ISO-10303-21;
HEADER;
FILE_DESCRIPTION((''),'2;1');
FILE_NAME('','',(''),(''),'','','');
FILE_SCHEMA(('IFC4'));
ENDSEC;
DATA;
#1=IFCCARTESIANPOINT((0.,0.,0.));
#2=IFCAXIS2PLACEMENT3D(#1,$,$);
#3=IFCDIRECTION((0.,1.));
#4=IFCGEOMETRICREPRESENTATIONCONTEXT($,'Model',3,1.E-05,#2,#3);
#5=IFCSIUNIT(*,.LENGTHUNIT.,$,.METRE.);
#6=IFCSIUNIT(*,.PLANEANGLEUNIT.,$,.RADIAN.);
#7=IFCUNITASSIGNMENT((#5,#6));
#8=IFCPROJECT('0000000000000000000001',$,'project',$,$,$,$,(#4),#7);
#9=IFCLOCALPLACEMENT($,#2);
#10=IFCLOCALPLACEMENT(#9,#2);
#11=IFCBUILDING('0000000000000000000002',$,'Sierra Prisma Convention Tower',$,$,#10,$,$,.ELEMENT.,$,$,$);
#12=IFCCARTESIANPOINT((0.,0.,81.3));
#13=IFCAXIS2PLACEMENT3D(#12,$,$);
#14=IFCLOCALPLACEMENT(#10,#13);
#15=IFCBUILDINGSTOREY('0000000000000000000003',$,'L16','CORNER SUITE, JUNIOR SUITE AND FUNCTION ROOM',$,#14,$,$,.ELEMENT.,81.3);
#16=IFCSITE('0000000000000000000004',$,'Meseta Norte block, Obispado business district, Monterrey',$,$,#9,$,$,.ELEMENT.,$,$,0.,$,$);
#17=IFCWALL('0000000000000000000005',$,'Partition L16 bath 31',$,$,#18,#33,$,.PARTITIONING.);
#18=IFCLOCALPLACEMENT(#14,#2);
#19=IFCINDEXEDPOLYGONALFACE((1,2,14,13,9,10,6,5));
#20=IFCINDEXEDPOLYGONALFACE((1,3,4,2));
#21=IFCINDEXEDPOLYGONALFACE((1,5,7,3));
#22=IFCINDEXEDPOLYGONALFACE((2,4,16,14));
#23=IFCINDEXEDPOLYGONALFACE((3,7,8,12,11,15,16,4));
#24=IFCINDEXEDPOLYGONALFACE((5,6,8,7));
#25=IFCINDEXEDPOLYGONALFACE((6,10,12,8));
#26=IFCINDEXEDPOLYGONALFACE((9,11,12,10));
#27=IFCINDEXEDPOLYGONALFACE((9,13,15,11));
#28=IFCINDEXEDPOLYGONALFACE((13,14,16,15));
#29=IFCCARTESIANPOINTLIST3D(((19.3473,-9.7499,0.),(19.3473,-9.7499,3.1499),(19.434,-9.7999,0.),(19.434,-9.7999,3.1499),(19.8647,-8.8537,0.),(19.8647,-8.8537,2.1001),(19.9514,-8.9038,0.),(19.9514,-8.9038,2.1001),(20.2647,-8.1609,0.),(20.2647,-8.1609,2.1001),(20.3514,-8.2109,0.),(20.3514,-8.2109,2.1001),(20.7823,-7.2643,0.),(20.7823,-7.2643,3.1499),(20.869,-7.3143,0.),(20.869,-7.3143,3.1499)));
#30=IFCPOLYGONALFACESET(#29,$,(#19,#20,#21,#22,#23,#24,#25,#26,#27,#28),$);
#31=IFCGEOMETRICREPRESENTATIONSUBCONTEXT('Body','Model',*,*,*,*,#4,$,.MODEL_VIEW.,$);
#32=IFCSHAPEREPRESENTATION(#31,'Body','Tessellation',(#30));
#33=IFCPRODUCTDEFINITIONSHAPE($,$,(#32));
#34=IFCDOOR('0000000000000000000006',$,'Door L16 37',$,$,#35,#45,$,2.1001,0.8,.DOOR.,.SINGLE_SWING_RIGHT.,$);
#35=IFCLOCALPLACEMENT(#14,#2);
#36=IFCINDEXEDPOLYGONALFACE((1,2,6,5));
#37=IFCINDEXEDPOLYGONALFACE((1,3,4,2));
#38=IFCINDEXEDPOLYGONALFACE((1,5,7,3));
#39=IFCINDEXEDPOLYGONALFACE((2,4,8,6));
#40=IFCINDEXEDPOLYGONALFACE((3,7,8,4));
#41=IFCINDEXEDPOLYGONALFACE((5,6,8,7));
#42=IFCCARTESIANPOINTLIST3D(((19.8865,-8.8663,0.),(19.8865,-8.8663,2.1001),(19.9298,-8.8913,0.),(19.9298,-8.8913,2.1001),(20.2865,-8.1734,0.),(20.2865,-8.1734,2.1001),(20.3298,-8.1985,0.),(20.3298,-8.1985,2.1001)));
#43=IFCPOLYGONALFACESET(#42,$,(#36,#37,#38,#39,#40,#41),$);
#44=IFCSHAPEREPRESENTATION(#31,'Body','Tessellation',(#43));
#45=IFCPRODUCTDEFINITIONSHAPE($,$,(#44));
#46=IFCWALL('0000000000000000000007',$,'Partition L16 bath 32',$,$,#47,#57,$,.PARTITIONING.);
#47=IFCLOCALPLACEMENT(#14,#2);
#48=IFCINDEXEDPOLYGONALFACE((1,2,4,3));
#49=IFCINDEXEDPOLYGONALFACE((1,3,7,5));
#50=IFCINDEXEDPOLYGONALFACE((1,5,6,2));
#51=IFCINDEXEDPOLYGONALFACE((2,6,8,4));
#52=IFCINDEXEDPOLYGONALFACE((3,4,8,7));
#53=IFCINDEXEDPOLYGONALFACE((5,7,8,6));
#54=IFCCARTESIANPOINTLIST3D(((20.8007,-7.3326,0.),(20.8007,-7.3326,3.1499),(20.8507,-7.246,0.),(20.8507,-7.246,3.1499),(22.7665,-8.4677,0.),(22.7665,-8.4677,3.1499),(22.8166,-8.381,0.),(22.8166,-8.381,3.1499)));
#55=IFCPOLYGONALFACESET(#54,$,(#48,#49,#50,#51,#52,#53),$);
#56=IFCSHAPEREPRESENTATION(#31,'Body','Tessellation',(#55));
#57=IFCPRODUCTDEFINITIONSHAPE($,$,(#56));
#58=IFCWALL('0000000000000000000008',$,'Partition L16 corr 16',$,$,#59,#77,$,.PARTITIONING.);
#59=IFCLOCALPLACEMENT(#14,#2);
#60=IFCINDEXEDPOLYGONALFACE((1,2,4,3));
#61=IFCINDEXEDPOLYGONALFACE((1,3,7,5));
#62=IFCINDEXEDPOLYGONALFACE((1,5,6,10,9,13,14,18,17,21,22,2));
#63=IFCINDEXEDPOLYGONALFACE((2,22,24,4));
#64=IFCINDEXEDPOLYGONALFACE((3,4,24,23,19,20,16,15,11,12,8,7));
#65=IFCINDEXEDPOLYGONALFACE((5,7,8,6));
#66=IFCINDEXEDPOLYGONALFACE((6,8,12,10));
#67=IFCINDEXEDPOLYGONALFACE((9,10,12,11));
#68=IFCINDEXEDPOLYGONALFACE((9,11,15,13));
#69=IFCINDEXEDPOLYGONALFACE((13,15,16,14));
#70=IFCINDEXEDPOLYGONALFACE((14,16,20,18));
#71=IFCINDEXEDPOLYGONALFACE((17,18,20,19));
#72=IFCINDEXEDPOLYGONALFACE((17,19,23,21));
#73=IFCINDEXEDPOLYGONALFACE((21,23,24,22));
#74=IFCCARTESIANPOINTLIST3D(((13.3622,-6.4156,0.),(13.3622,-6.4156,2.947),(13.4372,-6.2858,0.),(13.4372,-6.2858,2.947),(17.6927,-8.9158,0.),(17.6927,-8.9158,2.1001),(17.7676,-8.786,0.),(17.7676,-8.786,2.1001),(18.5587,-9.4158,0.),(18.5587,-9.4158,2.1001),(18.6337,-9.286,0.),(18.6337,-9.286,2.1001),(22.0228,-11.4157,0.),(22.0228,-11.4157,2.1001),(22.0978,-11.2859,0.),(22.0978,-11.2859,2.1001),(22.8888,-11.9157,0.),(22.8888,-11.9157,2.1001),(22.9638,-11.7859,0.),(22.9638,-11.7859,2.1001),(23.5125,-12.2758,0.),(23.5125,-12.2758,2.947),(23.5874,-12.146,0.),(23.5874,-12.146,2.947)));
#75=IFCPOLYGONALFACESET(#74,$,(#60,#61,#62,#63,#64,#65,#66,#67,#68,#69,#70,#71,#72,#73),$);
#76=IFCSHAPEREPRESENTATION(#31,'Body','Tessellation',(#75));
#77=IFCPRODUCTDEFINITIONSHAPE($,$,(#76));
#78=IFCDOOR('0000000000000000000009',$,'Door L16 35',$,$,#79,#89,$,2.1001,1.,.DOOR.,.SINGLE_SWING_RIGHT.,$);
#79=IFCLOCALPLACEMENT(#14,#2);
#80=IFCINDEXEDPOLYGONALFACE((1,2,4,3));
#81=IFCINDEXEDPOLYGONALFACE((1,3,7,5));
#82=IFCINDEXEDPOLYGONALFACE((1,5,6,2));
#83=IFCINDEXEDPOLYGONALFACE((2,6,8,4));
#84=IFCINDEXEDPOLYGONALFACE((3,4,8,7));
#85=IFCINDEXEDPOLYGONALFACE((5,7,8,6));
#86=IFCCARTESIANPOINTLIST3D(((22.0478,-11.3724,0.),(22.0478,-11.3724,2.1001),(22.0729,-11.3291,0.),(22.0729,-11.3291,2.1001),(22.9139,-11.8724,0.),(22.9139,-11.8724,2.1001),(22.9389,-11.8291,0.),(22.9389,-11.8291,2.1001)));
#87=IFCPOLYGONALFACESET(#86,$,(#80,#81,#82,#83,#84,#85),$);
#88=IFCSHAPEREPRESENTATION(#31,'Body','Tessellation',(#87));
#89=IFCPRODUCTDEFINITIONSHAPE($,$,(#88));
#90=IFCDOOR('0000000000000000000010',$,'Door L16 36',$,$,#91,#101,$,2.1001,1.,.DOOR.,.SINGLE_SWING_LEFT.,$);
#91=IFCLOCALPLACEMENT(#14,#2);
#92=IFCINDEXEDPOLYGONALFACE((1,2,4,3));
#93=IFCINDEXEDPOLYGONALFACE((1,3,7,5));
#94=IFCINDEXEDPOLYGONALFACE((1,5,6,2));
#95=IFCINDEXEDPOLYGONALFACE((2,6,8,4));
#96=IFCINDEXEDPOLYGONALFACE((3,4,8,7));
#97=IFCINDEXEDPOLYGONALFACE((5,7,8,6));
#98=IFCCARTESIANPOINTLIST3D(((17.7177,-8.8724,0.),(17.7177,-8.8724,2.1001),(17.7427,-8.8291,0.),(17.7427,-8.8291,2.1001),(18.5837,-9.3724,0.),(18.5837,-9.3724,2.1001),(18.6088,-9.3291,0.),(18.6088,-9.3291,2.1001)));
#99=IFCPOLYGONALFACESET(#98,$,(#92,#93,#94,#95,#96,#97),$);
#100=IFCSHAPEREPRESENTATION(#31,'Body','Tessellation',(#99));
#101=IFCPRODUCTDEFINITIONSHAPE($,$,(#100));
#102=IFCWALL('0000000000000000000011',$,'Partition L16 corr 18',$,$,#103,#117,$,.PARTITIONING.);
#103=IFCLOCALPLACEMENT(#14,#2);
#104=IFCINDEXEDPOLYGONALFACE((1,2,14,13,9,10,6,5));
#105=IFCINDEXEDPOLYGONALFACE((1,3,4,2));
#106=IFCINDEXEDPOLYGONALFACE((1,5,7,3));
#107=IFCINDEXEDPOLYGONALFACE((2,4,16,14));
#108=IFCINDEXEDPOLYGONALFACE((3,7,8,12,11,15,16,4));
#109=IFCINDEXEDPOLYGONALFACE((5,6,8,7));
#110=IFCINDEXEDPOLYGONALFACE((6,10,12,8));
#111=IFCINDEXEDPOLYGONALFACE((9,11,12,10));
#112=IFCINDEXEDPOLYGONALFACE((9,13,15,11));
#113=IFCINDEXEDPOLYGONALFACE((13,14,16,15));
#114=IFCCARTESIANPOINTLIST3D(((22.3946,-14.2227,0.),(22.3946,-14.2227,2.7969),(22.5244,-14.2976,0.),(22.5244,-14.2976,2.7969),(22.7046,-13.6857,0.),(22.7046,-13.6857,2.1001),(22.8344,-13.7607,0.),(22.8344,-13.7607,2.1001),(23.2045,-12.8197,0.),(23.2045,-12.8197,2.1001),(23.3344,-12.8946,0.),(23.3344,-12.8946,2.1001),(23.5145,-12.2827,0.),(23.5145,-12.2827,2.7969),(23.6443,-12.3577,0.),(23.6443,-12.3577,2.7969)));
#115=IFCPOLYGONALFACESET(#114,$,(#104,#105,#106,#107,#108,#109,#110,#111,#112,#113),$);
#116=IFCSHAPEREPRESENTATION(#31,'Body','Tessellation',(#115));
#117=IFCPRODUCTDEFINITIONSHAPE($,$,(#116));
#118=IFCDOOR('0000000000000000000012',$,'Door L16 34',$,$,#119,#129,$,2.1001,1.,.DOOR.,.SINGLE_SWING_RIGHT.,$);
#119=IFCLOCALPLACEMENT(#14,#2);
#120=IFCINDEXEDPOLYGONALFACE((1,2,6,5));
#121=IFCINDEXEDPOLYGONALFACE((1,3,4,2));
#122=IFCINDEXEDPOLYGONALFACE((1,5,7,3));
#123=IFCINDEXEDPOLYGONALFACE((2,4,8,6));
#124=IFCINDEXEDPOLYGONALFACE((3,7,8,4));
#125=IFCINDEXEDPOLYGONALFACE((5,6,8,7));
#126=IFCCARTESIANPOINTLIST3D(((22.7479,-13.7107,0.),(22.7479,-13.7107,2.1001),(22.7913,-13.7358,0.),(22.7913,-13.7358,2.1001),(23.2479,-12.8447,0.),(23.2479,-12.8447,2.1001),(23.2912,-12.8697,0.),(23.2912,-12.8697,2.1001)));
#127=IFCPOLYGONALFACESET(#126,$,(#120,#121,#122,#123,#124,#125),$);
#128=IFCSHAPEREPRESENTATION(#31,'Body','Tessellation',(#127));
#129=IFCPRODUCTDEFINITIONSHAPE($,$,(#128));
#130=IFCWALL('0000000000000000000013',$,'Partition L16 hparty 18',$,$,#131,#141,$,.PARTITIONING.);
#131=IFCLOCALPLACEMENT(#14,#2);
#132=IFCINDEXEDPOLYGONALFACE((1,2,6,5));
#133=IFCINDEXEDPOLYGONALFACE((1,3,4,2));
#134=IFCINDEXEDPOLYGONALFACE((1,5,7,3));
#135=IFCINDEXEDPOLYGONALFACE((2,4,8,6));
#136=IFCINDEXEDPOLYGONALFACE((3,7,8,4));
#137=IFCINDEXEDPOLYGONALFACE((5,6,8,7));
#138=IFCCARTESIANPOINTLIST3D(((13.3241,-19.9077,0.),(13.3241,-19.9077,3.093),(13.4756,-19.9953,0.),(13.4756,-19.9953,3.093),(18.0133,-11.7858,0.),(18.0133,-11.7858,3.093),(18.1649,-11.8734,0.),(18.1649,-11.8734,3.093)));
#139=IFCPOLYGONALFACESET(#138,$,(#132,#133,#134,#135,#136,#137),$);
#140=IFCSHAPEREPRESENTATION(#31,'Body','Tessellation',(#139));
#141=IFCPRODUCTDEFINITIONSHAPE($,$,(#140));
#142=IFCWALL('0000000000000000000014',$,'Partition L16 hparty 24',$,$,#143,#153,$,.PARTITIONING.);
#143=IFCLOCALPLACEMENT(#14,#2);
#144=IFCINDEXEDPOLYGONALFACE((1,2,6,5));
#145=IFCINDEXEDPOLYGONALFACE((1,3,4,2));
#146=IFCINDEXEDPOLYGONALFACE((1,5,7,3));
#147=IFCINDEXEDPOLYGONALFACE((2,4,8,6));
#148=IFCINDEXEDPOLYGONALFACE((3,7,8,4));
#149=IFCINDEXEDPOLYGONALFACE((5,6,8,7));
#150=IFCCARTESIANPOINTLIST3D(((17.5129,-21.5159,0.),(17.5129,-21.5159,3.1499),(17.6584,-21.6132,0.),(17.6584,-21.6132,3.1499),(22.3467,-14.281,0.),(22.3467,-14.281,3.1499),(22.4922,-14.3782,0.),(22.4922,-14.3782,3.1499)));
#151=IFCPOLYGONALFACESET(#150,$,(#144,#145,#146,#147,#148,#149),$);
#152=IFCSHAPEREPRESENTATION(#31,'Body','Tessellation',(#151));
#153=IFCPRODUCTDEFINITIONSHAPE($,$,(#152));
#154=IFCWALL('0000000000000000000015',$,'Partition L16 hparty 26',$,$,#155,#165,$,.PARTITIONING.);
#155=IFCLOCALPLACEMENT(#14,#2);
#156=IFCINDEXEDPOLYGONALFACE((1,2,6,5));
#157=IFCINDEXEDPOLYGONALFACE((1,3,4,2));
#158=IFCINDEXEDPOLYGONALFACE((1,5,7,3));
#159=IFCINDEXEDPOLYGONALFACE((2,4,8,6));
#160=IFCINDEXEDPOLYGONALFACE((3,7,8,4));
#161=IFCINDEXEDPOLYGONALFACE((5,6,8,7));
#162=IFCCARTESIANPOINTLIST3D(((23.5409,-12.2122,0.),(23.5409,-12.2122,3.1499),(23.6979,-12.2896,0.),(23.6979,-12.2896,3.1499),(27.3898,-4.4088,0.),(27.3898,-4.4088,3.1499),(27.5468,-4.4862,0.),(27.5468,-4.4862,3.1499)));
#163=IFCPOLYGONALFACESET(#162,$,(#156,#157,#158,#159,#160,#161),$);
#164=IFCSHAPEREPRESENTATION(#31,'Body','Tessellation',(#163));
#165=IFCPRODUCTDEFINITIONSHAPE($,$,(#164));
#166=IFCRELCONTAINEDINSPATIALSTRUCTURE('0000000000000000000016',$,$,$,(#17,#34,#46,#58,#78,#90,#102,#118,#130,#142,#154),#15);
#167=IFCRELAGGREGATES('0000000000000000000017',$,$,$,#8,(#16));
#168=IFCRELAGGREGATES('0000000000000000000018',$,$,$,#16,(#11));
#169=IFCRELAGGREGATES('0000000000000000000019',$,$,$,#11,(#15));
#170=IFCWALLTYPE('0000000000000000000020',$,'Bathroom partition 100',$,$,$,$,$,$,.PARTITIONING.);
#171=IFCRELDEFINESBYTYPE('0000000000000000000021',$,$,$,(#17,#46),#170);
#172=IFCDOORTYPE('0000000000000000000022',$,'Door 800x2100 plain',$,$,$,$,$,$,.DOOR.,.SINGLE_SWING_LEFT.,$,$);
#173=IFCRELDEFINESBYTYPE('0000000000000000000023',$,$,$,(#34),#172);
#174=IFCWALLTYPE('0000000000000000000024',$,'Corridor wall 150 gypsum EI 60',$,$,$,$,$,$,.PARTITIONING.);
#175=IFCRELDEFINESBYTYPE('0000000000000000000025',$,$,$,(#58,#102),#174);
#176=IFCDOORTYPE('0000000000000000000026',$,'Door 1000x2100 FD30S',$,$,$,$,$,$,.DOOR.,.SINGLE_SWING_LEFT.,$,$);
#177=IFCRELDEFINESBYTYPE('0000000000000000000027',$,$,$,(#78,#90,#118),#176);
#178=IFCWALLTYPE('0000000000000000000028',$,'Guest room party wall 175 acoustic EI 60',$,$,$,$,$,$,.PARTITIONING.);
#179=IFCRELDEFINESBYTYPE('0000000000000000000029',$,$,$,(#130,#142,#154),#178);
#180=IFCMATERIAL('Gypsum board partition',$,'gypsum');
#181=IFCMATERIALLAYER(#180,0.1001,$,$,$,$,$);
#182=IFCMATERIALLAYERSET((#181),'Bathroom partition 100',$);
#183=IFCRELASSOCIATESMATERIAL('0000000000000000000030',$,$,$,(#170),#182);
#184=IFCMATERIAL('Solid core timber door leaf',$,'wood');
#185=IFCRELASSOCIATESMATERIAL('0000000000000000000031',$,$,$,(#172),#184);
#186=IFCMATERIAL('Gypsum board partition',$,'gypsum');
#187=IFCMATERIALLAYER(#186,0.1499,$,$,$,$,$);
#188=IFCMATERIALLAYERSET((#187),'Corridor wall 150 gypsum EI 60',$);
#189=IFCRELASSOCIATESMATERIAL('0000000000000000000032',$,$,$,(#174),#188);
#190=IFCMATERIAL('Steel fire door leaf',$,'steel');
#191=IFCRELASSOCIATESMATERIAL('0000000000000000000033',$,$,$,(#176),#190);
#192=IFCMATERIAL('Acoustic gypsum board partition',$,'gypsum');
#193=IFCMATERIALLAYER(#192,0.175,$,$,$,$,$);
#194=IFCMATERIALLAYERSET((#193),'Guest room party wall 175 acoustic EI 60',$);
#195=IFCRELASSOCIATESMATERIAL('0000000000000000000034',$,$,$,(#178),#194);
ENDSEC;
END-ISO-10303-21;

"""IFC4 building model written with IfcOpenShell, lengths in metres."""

from ifc_helpers import new_model, si_unit, direction, frame, frame_2d, origin, place, context, subcontext, project, spatial, rectangle, extrude, material, layer, layer_set, type_object, element, fill, save


model = new_model("IFC4")

# Units and contexts
model_context = context("Model", 3, precision=1e-05, world=origin(), true_north=direction((0.0, 1.0)))
body_context = subcontext(model_context, "Body", "Model", "MODEL_VIEW")
ifc_project = project(units=[si_unit("LENGTHUNIT", "METRE"), si_unit("PLANEANGLEUNIT", "RADIAN")], contexts=[model_context])

# Site, building, storey
site_placement = place(None, origin())
site = spatial("IfcSite", under=ifc_project, at=site_placement, Name="Meseta Norte block, Obispado business district, Monterrey", CompositionType="ELEMENT", RefElevation=0.0)
building_placement = place(site_placement, origin())
building = spatial("IfcBuilding", under=site, at=building_placement, Name="Sierra Prisma Convention Tower", CompositionType="ELEMENT")
storey_placement = place(building_placement, frame((0.0, 0.0, 81.3)))
storey = spatial("IfcBuildingStorey", under=building, at=storey_placement, Name="L16", Description="CORNER SUITE, JUNIOR SUITE AND FUNCTION ROOM", CompositionType="ELEMENT", Elevation=81.3)

# Shared definitions
ifc_material_1 = material(Name="Gypsum board partition", Category="gypsum")
ifc_layer_1 = layer(ifc_material_1, 0.1001)
ifc_layer_set_1 = layer_set([ifc_layer_1], Name="Bathroom partition 100")
wall_type_1 = type_object("IfcWallType", Name="Bathroom partition 100", PredefinedType="PARTITIONING", material=ifc_layer_set_1)
ifc_material_2 = material(Name="Solid core timber door leaf", Category="wood")
door_type_1 = type_object("IfcDoorType", Name="Door 800x2100 plain", OperationType="SINGLE_SWING_LEFT", PredefinedType="DOOR", material=ifc_material_2)

# Wall, opening, door
wall_1_placement = place(storey_placement, frame((19.3906, -9.7749, 0.0), z_axis=(0.0, 0.0, 1.0), x_axis=(0.5, 0.866026, 0.0)))
wall_1 = element("IfcWall", 1, at=wall_1_placement, inside=storey, type_object=wall_type_1, Name="Partition L16 bath 31", PredefinedType="PARTITIONING", context=body_context, shape_type="SweptSolid", body=[
    extrude(rectangle(XDim=2.8701, YDim=0.1001, at=frame_2d((1.4351, 0.0))), origin(), (0.0, 0.0, 1.0), 3.1499),
])
opening_1_placement = place(wall_1_placement, frame((1.0349, 0.0, 0.0)))
opening_1 = element("IfcOpeningElement", 2, at=opening_1_placement, cuts=wall_1, PredefinedType="OPENING", context=body_context, shape_type="SweptSolid", body=[
    extrude(rectangle(XDim=0.8, YDim=2.1001, at=frame_2d((0.3999, 1.05))), frame((0.0, 0.05, 0.0), z_axis=(0.0, -1.0, 0.0), x_axis=(1.0, 0.0, 0.0)), (0.0, 0.0, 1.0), 0.1001),
])
door_1_placement = place(opening_1_placement, origin())
door_1 = element("IfcDoor", 3, at=door_1_placement, inside=storey, type_object=door_type_1, Name="Door L16 37", OperationType="SINGLE_SWING_RIGHT", OverallHeight=2.1001, OverallWidth=0.8, PredefinedType="DOOR", context=body_context, shape_type="SweptSolid", body=[
    extrude(rectangle(XDim=0.8, YDim=2.1001, at=frame_2d((0.3999, 1.05))), frame((0.0, 0.0249, 0.0), z_axis=(0.0, -1.0, 0.0), x_axis=(1.0, 0.0, 0.0)), (0.0, 0.0, 1.0), 0.05),
])
fill(opening_1, door_1)

# Wall
wall_2_placement = place(storey_placement, frame((20.8257, -7.2893, 0.0), z_axis=(0.0, 0.0, 1.0), x_axis=(0.866017, -0.500014, 0.0)))
element("IfcWall", 4, at=wall_2_placement, inside=storey, type_object=wall_type_1, Name="Partition L16 bath 32", PredefinedType="PARTITIONING", context=body_context, shape_type="SweptSolid", body=[
    extrude(rectangle(XDim=2.27, YDim=0.1001, at=frame_2d((1.135, 0.0))), origin(), (0.0, 0.0, 1.0), 3.1499),
])

# Wall, openings, doors
ifc_material_3 = material(Name="Gypsum board partition", Category="gypsum")
ifc_layer_2 = layer(ifc_material_3, 0.1499)
ifc_layer_set_2 = layer_set([ifc_layer_2], Name="Corridor wall 150 gypsum EI 60")
wall_type_2 = type_object("IfcWallType", Name="Corridor wall 150 gypsum EI 60", PredefinedType="PARTITIONING", material=ifc_layer_set_2)
wall_3_placement = place(storey_placement, frame((23.55, -12.2109, 0.0), z_axis=(0.0, 0.0, 1.0), x_axis=(-0.866028, 0.499995, 0.0)))
wall_3 = element("IfcWall", 5, at=wall_3_placement, inside=storey, type_object=wall_type_2, Name="Partition L16 corr 16", PredefinedType="PARTITIONING", context=body_context, shape_type="SweptSolid", body=[
    extrude(rectangle(XDim=11.7205, YDim=0.1499, at=frame_2d((5.8604, 0.0))), origin(), (0.0, 0.0, 1.0), 2.947),
])
opening_2_placement = place(wall_3_placement, frame((0.7202, 0.0, 0.0)))
opening_2 = element("IfcOpeningElement", 6, at=opening_2_placement, cuts=wall_3, PredefinedType="OPENING", context=body_context, shape_type="SweptSolid", body=[
    extrude(rectangle(XDim=1.0, YDim=2.1001, at=frame_2d((0.5, 1.05))), frame((0.0, 0.075, 0.0), z_axis=(0.0, -1.0, 0.0), x_axis=(1.0, 0.0, 0.0)), (0.0, 0.0, 1.0), 0.1499),
])
opening_3_placement = place(wall_3_placement, frame((5.7202, 0.0, 0.0)))
opening_3 = element("IfcOpeningElement", 7, at=opening_3_placement, cuts=wall_3, PredefinedType="OPENING", context=body_context, shape_type="SweptSolid", body=[
    extrude(rectangle(XDim=1.0, YDim=2.1001, at=frame_2d((0.5, 1.05))), frame((0.0, 0.075, 0.0), z_axis=(0.0, -1.0, 0.0), x_axis=(1.0, 0.0, 0.0)), (0.0, 0.0, 1.0), 0.1499),
])
ifc_material_4 = material(Name="Steel fire door leaf", Category="steel")
door_type_2 = type_object("IfcDoorType", Name="Door 1000x2100 FD30S", OperationType="SINGLE_SWING_LEFT", PredefinedType="DOOR", material=ifc_material_4)
door_2_placement = place(opening_2_placement, origin())
door_2 = element("IfcDoor", 8, at=door_2_placement, inside=storey, type_object=door_type_2, Name="Door L16 35", OperationType="SINGLE_SWING_RIGHT", OverallHeight=2.1001, OverallWidth=1.0, PredefinedType="DOOR", context=body_context, shape_type="SweptSolid", body=[
    extrude(rectangle(XDim=1.0, YDim=2.1001, at=frame_2d((0.5, 1.05))), frame((0.0, 0.0249, 0.0), z_axis=(0.0, -1.0, 0.0), x_axis=(1.0, 0.0, 0.0)), (0.0, 0.0, 1.0), 0.05),
])
fill(opening_2, door_2)
door_3_placement = place(opening_3_placement, origin())
door_3 = element("IfcDoor", 9, at=door_3_placement, inside=storey, type_object=door_type_2, Name="Door L16 36", OperationType="SINGLE_SWING_LEFT", OverallHeight=2.1001, OverallWidth=1.0, PredefinedType="DOOR", context=body_context, shape_type="SweptSolid", body=[
    extrude(rectangle(XDim=1.0, YDim=2.1001, at=frame_2d((0.5, 1.05))), frame((0.0, 0.0249, 0.0), z_axis=(0.0, -1.0, 0.0), x_axis=(1.0, 0.0, 0.0)), (0.0, 0.0, 1.0), 0.05),
])
fill(opening_3, door_3)

# Wall, opening, door
wall_4_placement = place(storey_placement, frame((22.4595, -14.2603, 0.0), z_axis=(0.0, 0.0, 1.0), x_axis=(0.499949, 0.866055, 0.0)))
wall_4 = element("IfcWall", 10, at=wall_4_placement, inside=storey, type_object=wall_type_2, Name="Partition L16 corr 18", PredefinedType="PARTITIONING", context=body_context, shape_type="SweptSolid", body=[
    extrude(rectangle(XDim=2.24, YDim=0.1499, at=frame_2d((1.1201, 0.0))), origin(), (0.0, 0.0, 1.0), 2.7969),
])
opening_4_placement = place(wall_4_placement, frame((0.6201, 0.0, 0.0)))
opening_4 = element("IfcOpeningElement", 11, at=opening_4_placement, cuts=wall_4, PredefinedType="OPENING", context=body_context, shape_type="SweptSolid", body=[
    extrude(rectangle(XDim=1.0, YDim=2.1001, at=frame_2d((0.5, 1.05))), frame((0.0, 0.075, 0.0), z_axis=(0.0, -1.0, 0.0), x_axis=(1.0, 0.0, 0.0)), (0.0, 0.0, 1.0), 0.1499),
])
door_4_placement = place(opening_4_placement, origin())
door_4 = element("IfcDoor", 12, at=door_4_placement, inside=storey, type_object=door_type_2, Name="Door L16 34", OperationType="SINGLE_SWING_RIGHT", OverallHeight=2.1001, OverallWidth=1.0, PredefinedType="DOOR", context=body_context, shape_type="SweptSolid", body=[
    extrude(rectangle(XDim=1.0, YDim=2.1001, at=frame_2d((0.5, 1.05))), frame((0.0, 0.0249, 0.0), z_axis=(0.0, -1.0, 0.0), x_axis=(1.0, 0.0, 0.0)), (0.0, 0.0, 1.0), 0.05),
])
fill(opening_4, door_4)

# Walls
ifc_material_5 = material(Name="Acoustic gypsum board partition", Category="gypsum")
ifc_layer_3 = layer(ifc_material_5, 0.175)
ifc_layer_set_3 = layer_set([ifc_layer_3], Name="Guest room party wall 175 acoustic EI 60")
wall_type_3 = type_object("IfcWallType", Name="Guest room party wall 175 acoustic EI 60", PredefinedType="PARTITIONING", material=ifc_layer_set_3)
wall_5_placement = place(storey_placement, frame((18.0891, -11.8296, 0.0), z_axis=(0.0, 0.0, 1.0), x_axis=(-0.500006, -0.866022, 0.0)))
element("IfcWall", 13, at=wall_5_placement, inside=storey, type_object=wall_type_3, Name="Partition L16 hparty 18", PredefinedType="PARTITIONING", context=body_context, shape_type="SweptSolid", body=[
    extrude(rectangle(XDim=9.3784, YDim=0.175, at=frame_2d((4.6892, 0.0))), origin(), (0.0, 0.0, 1.0), 3.093),
])
wall_6_placement = place(storey_placement, frame((22.4194, -14.3296, 0.0), z_axis=(0.0, 0.0, 1.0), x_axis=(-0.555535, -0.831493, 0.0)))
element("IfcWall", 14, at=wall_6_placement, inside=storey, type_object=wall_type_3, Name="Partition L16 hparty 24", PredefinedType="PARTITIONING", context=body_context, shape_type="SweptSolid", body=[
    extrude(rectangle(XDim=8.7012, YDim=0.175, at=frame_2d((4.3506, 0.0))), origin(), (0.0, 0.0, 1.0), 3.1499),
])
wall_7_placement = place(storey_placement, frame((23.6194, -12.251, 0.0), z_axis=(0.0, 0.0, 1.0), x_axis=(0.442347, 0.896844, 0.0)))
element("IfcWall", 15, at=wall_7_placement, inside=storey, type_object=wall_type_3, Name="Partition L16 hparty 26", PredefinedType="PARTITIONING", context=body_context, shape_type="SweptSolid", body=[
    extrude(rectangle(XDim=8.7009, YDim=0.175, at=frame_2d((4.3506, 0.0))), origin(), (0.0, 0.0, 1.0), 3.1499),
])

save(model, "model.ifc")
